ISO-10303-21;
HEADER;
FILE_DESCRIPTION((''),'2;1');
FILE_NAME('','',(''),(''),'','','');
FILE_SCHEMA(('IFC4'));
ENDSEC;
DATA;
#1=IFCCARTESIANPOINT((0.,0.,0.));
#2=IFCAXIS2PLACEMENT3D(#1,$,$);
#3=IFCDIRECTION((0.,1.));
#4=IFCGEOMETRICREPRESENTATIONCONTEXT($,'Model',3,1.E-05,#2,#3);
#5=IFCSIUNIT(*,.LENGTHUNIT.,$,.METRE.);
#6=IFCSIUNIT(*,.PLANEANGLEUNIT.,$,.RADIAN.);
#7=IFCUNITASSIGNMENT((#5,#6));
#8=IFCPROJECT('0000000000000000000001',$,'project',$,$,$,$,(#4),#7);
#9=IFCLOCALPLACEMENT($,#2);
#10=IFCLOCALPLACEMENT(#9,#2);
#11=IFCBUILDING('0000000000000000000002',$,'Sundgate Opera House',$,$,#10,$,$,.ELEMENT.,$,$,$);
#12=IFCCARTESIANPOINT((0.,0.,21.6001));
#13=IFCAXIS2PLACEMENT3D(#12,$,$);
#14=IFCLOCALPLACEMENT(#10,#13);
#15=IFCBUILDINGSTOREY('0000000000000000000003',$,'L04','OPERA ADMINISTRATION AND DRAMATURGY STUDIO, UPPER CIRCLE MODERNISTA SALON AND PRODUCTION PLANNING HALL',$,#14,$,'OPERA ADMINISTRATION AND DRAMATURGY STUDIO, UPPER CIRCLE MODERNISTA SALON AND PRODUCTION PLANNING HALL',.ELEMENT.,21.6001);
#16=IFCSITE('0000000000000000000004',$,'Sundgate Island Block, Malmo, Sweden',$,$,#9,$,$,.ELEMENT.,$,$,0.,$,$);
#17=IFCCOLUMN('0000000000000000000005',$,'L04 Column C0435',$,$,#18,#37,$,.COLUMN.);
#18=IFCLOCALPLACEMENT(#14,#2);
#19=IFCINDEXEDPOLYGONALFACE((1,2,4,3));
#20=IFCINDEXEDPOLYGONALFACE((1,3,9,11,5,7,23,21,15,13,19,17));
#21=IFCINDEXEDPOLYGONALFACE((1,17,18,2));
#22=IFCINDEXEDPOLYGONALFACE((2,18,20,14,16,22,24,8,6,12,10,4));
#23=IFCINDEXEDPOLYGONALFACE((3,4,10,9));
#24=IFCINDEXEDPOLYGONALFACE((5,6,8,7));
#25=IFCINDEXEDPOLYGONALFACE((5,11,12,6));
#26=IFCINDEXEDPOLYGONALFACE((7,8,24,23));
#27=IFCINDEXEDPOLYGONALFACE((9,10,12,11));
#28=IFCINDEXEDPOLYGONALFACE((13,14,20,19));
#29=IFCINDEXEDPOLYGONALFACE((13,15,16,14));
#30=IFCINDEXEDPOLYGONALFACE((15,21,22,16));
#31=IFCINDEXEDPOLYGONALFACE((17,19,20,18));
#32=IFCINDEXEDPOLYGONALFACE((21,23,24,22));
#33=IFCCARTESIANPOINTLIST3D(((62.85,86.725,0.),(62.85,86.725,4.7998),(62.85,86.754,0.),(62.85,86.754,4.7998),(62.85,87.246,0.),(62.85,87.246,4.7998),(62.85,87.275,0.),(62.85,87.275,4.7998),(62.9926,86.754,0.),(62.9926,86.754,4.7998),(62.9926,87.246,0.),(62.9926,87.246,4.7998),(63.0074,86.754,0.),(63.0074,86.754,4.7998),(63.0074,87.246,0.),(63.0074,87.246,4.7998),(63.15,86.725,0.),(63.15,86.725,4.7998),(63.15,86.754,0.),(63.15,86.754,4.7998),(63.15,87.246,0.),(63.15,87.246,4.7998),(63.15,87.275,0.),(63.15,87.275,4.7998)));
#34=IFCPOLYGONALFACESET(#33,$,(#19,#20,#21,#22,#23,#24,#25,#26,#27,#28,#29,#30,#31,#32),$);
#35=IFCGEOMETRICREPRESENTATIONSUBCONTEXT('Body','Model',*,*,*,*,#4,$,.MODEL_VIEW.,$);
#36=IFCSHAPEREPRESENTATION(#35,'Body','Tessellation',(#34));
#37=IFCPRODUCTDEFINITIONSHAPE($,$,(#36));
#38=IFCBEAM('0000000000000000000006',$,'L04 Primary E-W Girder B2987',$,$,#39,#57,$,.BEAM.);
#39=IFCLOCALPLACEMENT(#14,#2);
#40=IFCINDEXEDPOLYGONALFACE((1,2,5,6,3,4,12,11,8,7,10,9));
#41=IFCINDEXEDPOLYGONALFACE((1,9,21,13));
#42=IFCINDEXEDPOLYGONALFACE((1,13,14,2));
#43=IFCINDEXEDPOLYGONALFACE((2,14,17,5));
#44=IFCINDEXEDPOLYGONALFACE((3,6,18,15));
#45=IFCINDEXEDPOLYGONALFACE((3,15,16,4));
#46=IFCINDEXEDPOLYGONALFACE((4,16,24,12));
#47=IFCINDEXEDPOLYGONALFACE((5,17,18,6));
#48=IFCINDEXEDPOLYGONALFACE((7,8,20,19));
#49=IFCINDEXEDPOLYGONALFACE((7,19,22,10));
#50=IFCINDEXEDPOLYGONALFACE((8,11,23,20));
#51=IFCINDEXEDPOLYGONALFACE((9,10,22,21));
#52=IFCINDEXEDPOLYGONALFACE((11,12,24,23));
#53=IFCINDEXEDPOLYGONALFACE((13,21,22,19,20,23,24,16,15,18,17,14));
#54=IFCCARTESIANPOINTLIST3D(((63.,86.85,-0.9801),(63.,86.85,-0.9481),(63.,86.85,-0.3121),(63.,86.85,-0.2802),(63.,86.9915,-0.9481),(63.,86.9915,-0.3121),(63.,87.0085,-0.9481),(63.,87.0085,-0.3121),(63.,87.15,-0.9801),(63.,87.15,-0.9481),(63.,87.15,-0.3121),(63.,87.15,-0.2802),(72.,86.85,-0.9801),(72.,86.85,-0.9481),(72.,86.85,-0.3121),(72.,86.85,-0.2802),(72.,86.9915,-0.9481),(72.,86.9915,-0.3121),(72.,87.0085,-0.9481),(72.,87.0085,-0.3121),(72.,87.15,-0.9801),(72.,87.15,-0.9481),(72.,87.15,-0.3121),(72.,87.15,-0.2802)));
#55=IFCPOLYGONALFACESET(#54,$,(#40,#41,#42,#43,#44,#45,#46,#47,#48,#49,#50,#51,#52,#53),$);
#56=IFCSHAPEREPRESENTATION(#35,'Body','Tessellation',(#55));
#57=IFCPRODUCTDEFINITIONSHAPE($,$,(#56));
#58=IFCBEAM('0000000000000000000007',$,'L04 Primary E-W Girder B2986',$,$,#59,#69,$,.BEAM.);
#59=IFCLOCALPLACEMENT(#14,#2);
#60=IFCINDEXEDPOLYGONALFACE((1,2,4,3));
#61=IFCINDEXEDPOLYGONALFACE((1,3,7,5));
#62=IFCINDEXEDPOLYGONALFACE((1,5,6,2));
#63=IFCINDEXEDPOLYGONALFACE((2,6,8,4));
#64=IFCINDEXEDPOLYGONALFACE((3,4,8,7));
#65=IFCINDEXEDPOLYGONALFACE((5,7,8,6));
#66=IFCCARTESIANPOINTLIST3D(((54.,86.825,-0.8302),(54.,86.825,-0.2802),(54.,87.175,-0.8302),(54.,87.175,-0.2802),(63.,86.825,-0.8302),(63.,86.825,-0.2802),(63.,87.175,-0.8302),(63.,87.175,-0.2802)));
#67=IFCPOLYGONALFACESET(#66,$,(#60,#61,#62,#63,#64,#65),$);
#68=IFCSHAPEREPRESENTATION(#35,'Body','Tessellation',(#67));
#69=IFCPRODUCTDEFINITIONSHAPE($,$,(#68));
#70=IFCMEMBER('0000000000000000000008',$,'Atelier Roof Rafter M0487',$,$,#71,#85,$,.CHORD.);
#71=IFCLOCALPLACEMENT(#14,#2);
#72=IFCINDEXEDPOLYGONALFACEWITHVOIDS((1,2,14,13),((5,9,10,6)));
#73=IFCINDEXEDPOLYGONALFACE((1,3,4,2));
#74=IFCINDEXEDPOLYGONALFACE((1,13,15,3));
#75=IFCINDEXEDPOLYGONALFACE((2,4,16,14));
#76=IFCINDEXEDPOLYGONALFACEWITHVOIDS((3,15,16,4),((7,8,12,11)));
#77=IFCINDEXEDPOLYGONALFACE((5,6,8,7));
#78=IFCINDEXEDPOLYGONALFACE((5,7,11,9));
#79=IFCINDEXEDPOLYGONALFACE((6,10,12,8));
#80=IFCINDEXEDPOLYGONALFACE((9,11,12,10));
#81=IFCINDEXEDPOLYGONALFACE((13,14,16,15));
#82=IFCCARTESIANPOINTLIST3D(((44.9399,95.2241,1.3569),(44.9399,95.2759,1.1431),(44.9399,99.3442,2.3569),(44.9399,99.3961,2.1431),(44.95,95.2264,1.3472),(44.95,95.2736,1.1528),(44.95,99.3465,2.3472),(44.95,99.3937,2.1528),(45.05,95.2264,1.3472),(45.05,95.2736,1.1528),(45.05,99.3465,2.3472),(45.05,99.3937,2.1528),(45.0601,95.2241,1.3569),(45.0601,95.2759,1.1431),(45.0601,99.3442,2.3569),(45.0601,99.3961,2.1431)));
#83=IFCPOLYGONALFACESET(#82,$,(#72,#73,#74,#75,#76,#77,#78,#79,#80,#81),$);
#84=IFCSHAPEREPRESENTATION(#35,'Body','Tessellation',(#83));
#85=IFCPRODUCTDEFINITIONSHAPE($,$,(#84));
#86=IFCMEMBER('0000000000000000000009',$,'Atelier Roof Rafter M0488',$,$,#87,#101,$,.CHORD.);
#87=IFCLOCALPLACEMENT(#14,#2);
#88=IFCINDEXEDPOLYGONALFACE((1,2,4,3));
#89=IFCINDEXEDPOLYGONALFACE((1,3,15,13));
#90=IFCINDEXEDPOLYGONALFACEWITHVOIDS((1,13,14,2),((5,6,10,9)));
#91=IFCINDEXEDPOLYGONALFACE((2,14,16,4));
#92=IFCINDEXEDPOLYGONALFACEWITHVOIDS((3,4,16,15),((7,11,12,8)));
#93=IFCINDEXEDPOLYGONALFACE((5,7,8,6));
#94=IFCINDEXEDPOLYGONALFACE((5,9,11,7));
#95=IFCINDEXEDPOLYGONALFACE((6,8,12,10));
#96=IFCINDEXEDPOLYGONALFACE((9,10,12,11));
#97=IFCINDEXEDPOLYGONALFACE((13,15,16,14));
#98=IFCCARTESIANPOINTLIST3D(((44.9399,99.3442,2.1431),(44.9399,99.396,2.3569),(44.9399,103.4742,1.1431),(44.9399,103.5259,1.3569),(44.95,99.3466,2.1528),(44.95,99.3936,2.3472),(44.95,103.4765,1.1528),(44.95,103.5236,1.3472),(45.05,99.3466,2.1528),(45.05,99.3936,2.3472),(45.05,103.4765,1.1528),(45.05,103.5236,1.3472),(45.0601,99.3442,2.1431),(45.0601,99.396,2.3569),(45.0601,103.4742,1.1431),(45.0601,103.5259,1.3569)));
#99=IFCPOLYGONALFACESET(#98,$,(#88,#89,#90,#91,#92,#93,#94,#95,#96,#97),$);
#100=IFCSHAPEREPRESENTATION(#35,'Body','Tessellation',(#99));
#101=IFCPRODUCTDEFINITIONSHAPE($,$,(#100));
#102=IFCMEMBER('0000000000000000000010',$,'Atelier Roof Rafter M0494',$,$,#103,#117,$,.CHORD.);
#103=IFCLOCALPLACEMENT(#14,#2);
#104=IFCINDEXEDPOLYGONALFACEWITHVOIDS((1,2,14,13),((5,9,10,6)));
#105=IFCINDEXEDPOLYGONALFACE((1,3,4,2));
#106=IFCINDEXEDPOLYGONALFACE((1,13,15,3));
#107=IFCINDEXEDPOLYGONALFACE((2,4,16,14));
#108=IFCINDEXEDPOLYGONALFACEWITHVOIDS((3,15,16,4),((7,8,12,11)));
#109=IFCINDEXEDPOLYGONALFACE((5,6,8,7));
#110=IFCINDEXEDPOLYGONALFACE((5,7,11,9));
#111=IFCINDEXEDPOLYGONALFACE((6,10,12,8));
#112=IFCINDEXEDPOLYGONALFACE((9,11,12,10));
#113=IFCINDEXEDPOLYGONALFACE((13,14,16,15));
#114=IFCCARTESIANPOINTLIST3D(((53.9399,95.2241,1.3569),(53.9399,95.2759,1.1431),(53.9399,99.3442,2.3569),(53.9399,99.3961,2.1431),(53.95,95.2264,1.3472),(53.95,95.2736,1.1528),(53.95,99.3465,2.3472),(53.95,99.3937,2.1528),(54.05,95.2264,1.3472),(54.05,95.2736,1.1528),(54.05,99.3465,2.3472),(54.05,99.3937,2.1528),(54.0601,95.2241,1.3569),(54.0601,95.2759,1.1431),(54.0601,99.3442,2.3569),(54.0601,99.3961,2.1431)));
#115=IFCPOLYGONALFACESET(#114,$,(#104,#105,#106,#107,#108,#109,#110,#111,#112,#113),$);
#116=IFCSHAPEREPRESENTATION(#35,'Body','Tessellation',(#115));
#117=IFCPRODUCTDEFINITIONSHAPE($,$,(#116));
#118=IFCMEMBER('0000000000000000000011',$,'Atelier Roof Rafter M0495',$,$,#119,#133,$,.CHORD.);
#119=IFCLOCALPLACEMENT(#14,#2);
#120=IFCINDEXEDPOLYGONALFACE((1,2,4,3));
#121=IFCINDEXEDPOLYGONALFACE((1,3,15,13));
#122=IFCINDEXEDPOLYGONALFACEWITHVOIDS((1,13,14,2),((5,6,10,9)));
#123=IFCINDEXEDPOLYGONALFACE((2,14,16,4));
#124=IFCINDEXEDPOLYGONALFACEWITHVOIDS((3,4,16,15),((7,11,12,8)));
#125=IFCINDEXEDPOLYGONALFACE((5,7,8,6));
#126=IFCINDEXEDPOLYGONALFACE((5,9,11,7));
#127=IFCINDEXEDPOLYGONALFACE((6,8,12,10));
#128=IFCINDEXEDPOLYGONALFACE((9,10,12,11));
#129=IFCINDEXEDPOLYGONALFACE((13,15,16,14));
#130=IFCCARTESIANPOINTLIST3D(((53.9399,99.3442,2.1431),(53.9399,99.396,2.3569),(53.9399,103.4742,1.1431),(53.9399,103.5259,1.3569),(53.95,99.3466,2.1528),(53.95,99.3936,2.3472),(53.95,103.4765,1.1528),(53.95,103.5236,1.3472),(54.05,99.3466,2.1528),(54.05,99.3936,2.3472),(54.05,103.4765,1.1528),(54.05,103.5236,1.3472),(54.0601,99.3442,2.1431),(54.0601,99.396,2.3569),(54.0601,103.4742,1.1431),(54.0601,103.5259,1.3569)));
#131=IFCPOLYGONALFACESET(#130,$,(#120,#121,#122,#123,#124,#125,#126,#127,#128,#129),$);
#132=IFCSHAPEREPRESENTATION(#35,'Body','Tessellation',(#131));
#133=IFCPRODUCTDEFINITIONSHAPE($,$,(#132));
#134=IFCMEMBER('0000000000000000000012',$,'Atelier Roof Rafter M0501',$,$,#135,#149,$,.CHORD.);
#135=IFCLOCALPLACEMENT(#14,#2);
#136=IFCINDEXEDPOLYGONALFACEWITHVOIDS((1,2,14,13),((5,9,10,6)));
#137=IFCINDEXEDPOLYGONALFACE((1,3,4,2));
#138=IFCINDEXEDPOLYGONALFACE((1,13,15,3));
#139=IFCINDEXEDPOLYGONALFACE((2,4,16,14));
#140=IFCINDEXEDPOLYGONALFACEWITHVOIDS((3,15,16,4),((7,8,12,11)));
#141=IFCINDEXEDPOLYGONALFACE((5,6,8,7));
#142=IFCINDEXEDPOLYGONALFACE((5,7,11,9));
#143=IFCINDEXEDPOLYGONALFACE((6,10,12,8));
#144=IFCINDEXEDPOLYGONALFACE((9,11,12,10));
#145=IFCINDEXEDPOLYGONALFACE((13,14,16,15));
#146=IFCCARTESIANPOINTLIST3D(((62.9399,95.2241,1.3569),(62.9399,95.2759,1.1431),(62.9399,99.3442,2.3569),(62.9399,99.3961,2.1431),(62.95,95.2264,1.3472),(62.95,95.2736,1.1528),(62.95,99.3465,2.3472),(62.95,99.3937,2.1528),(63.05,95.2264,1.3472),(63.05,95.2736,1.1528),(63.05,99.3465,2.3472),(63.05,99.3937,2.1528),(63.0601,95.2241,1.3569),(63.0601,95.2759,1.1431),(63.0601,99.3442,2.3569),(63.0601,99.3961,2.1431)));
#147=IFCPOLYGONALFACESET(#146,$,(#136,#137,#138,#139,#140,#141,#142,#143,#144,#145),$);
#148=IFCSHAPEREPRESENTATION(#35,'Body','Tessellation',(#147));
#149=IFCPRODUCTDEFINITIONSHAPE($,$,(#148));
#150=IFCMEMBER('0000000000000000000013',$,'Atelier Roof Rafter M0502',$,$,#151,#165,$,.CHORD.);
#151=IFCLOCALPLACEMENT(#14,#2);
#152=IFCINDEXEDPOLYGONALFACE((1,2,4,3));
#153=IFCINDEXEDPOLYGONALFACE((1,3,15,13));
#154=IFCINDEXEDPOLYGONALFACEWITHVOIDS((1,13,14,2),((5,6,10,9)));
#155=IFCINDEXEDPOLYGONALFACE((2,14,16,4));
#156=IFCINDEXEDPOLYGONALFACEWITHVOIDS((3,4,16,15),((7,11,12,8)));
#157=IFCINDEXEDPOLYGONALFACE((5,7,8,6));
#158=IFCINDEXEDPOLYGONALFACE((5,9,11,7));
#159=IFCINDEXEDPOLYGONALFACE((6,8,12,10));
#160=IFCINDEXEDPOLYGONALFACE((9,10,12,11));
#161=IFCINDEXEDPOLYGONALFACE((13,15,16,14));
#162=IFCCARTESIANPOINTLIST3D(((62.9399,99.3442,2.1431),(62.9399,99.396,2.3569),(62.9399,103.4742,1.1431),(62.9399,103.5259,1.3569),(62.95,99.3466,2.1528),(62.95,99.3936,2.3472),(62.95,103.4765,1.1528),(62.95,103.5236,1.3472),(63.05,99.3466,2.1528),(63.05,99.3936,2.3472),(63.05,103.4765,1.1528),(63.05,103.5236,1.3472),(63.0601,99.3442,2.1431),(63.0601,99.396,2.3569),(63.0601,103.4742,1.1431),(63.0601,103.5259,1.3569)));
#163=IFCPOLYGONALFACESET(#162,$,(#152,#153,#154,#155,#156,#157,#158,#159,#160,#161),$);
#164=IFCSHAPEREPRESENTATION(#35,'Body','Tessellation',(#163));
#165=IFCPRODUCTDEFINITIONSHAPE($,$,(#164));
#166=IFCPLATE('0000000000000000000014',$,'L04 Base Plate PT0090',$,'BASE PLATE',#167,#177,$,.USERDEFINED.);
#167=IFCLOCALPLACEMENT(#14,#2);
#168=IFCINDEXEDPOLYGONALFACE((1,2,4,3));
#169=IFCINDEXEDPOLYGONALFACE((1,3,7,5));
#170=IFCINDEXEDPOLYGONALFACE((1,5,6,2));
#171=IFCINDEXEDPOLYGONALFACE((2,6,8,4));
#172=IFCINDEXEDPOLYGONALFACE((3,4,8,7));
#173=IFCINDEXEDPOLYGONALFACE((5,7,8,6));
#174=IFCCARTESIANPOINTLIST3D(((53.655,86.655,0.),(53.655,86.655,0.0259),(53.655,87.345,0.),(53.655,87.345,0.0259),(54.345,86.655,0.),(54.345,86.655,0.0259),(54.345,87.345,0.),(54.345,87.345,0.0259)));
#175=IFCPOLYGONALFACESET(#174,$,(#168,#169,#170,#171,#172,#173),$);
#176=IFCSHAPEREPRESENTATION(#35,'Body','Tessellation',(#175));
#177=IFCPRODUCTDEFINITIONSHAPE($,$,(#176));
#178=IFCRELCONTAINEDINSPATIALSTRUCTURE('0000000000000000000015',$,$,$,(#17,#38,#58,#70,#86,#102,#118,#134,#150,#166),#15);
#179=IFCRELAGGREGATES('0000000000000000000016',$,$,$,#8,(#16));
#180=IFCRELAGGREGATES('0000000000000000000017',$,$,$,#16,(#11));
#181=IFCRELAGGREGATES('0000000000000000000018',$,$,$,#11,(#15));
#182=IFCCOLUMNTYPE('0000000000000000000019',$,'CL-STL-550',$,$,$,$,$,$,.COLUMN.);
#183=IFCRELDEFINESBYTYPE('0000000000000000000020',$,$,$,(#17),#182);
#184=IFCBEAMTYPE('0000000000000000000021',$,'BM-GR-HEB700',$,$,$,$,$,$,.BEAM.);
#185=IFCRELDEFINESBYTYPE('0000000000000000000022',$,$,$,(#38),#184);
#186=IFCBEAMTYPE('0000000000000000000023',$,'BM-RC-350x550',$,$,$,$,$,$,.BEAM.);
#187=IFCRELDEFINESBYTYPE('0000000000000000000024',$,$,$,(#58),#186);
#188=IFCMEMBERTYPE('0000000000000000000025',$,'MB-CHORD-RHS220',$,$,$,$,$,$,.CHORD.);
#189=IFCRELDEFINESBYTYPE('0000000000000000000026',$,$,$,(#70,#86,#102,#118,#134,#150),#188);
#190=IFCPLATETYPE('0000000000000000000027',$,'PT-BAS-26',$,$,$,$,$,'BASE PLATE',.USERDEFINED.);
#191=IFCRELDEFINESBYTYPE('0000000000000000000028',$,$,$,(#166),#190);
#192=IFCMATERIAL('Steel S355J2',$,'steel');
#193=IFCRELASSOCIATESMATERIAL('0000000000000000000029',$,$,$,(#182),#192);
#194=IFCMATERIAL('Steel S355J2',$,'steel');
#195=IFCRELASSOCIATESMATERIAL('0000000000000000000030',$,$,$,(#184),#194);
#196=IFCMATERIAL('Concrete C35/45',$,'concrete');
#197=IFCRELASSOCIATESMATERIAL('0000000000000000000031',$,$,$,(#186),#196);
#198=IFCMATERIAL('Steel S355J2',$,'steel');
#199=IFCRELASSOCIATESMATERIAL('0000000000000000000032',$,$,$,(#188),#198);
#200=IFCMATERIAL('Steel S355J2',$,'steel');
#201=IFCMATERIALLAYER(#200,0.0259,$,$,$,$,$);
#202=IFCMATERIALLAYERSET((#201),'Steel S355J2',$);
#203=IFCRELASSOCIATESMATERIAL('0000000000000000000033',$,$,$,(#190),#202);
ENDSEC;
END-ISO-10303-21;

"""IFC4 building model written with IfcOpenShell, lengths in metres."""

from ifc_helpers import new_model, si_unit, direction, frame, origin, origin_2d, place, context, subcontext, project, spatial, rectangle, hollow_rectangle, i_section, extrude, material, layer, layer_set, material_profile, profile_set, type_object, element, save


model = new_model("IFC4")

# Units and contexts
model_context = context("Model", 3, precision=1e-05, world=origin(), true_north=direction((0.0, 1.0)))
body_context = subcontext(model_context, "Body", "Model", "MODEL_VIEW")
ifc_project = project(units=[si_unit("LENGTHUNIT", "METRE"), si_unit("PLANEANGLEUNIT", "RADIAN")], contexts=[model_context])

# Site, building, storey
site_placement = place(None, origin())
site = spatial("IfcSite", under=ifc_project, at=site_placement, Name="Sundgate Island Block, Malmo, Sweden", CompositionType="ELEMENT", RefElevation=0.0)
building_placement = place(site_placement, origin())
building = spatial("IfcBuilding", under=site, at=building_placement, Name="Sundgate Opera House", CompositionType="ELEMENT")
storey_placement = place(building_placement, frame((0.0, 0.0, 21.6001)))
storey = spatial("IfcBuildingStorey", under=building, at=storey_placement, Name="L04", Description="OPERA ADMINISTRATION AND DRAMATURGY STUDIO, UPPER CIRCLE MODERNISTA SALON AND PRODUCTION PLANNING HALL", LongName="OPERA ADMINISTRATION AND DRAMATURGY STUDIO, UPPER CIRCLE MODERNISTA SALON AND PRODUCTION PLANNING HALL", CompositionType="ELEMENT", Elevation=21.6001)

# Column
ifc_material_1 = material(Name="Steel S355J2", Category="steel")
ifc_material_profile_1 = material_profile(ifc_material_1, i_section(OverallWidth=0.3, OverallDepth=0.55, WebThickness=0.0149, FlangeThickness=0.0291, at=origin_2d()), Name="HEB 550")
ifc_profile_set_1 = profile_set([ifc_material_profile_1], Name="Steel S355J2")
column_type = type_object("IfcColumnType", Name="CL-STL-550", PredefinedType="COLUMN", material=ifc_profile_set_1)
column_placement = place(storey_placement, frame((63.0, 87.0, 0.0), z_axis=(0.0, 0.0, 1.0), x_axis=(1.0, 0.0, 0.0)))
element("IfcColumn", 1, at=column_placement, inside=storey, type_object=column_type, Name="L04 Column C0435", PredefinedType="COLUMN", context=body_context, shape_type="SweptSolid", body=[
    extrude(i_section(OverallWidth=0.3, OverallDepth=0.55, WebThickness=0.0149, FlangeThickness=0.0291, at=origin_2d()), origin(), (0.0, 0.0, 1.0), 4.7998),
])

# Beams
ifc_material_2 = material(Name="Steel S355J2", Category="steel")
ifc_material_profile_2 = material_profile(ifc_material_2, i_section(OverallWidth=0.3, OverallDepth=0.7, WebThickness=0.0171, FlangeThickness=0.032, at=origin_2d()), Name="HEB 700")
ifc_profile_set_2 = profile_set([ifc_material_profile_2], Name="Steel S355J2")
beam_type_1 = type_object("IfcBeamType", Name="BM-GR-HEB700", PredefinedType="BEAM", material=ifc_profile_set_2)
beam_1_placement = place(storey_placement, frame((63.0, 87.0, -0.6301), z_axis=(1.0, 0.0, 0.0), x_axis=(0.0, 1.0, 0.0)))
element("IfcBeam", 2, at=beam_1_placement, inside=storey, type_object=beam_type_1, Name="L04 Primary E-W Girder B2987", PredefinedType="BEAM", context=body_context, shape_type="SweptSolid", body=[
    extrude(i_section(OverallWidth=0.3, OverallDepth=0.7, WebThickness=0.0171, FlangeThickness=0.032, at=origin_2d()), origin(), (0.0, 0.0, 1.0), 9.0),
])
ifc_material_3 = material(Name="Concrete C35/45", Category="concrete")
ifc_material_profile_3 = material_profile(ifc_material_3, rectangle(XDim=0.3501, YDim=0.55, at=origin_2d()), Name="RC 350x550")
ifc_profile_set_3 = profile_set([ifc_material_profile_3], Name="Concrete C35/45")
beam_type_2 = type_object("IfcBeamType", Name="BM-RC-350x550", PredefinedType="BEAM", material=ifc_profile_set_3)
beam_2_placement = place(storey_placement, frame((54.0, 87.0, -0.5552), z_axis=(1.0, 0.0, 0.0), x_axis=(0.0, 1.0, 0.0)))
element("IfcBeam", 3, at=beam_2_placement, inside=storey, type_object=beam_type_2, Name="L04 Primary E-W Girder B2986", PredefinedType="BEAM", context=body_context, shape_type="SweptSolid", body=[
    extrude(rectangle(XDim=0.3501, YDim=0.55, at=origin_2d()), origin(), (0.0, 0.0, 1.0), 9.0),
])

# Members
ifc_material_4 = material(Name="Steel S355J2", Category="steel")
ifc_material_profile_4 = material_profile(ifc_material_4, hollow_rectangle(XDim=0.1201, YDim=0.22, WallThickness=0.01, at=origin_2d()), Name="RHS 220x120x10.0")
ifc_profile_set_4 = profile_set([ifc_material_profile_4], Name="Steel S355J2")
member_type = type_object("IfcMemberType", Name="MB-CHORD-RHS220", PredefinedType="CHORD", material=ifc_profile_set_4)
member_1_placement = place(storey_placement, frame((45.0, 95.25, 1.25), z_axis=(0.0, 0.971786, 0.235864), x_axis=(-1.0, 0.0, 0.0)))
element("IfcMember", 4, at=member_1_placement, inside=storey, type_object=member_type, Name="Atelier Roof Rafter M0487", PredefinedType="CHORD", context=body_context, shape_type="SweptSolid", body=[
    extrude(hollow_rectangle(XDim=0.1201, YDim=0.22, WallThickness=0.01, at=origin_2d()), origin(), (0.0, 0.0, 1.0), 4.2397),
])
member_2_placement = place(storey_placement, frame((45.0, 99.3701, 2.25), z_axis=(0.0, 0.971914, -0.235337), x_axis=(-1.0, 0.0, 0.0)))
element("IfcMember", 5, at=member_2_placement, inside=storey, type_object=member_type, Name="Atelier Roof Rafter M0488", PredefinedType="CHORD", context=body_context, shape_type="SweptSolid", body=[
    extrude(hollow_rectangle(XDim=0.1201, YDim=0.22, WallThickness=0.01, at=origin_2d()), origin(), (0.0, 0.0, 1.0), 4.2493),
])
member_3_placement = place(storey_placement, frame((54.0, 95.25, 1.25), z_axis=(0.0, 0.971786, 0.235864), x_axis=(-1.0, 0.0, 0.0)))
element("IfcMember", 6, at=member_3_placement, inside=storey, type_object=member_type, Name="Atelier Roof Rafter M0494", PredefinedType="CHORD", context=body_context, shape_type="SweptSolid", body=[
    extrude(hollow_rectangle(XDim=0.1201, YDim=0.22, WallThickness=0.01, at=origin_2d()), origin(), (0.0, 0.0, 1.0), 4.2397),
])
member_4_placement = place(storey_placement, frame((54.0, 99.3701, 2.25), z_axis=(0.0, 0.971914, -0.235337), x_axis=(-1.0, 0.0, 0.0)))
element("IfcMember", 7, at=member_4_placement, inside=storey, type_object=member_type, Name="Atelier Roof Rafter M0495", PredefinedType="CHORD", context=body_context, shape_type="SweptSolid", body=[
    extrude(hollow_rectangle(XDim=0.1201, YDim=0.22, WallThickness=0.01, at=origin_2d()), origin(), (0.0, 0.0, 1.0), 4.2493),
])
member_5_placement = place(storey_placement, frame((63.0, 95.25, 1.25), z_axis=(0.0, 0.971786, 0.235864), x_axis=(-1.0, 0.0, 0.0)))
element("IfcMember", 8, at=member_5_placement, inside=storey, type_object=member_type, Name="Atelier Roof Rafter M0501", PredefinedType="CHORD", context=body_context, shape_type="SweptSolid", body=[
    extrude(hollow_rectangle(XDim=0.1201, YDim=0.22, WallThickness=0.01, at=origin_2d()), origin(), (0.0, 0.0, 1.0), 4.2397),
])
member_6_placement = place(storey_placement, frame((63.0, 99.3701, 2.25), z_axis=(0.0, 0.971914, -0.235337), x_axis=(-1.0, 0.0, 0.0)))
element("IfcMember", 9, at=member_6_placement, inside=storey, type_object=member_type, Name="Atelier Roof Rafter M0502", PredefinedType="CHORD", context=body_context, shape_type="SweptSolid", body=[
    extrude(hollow_rectangle(XDim=0.1201, YDim=0.22, WallThickness=0.01, at=origin_2d()), origin(), (0.0, 0.0, 1.0), 4.2493),
])

# Plate
ifc_material_5 = material(Name="Steel S355J2", Category="steel")
ifc_layer_1 = layer(ifc_material_5, 0.0259)
ifc_layer_set_1 = layer_set([ifc_layer_1], Name="Steel S355J2")
plate_type_1 = type_object("IfcPlateType", Name="PT-BAS-26", ElementType="BASE PLATE", PredefinedType="USERDEFINED", material=ifc_layer_set_1)
plate_1_placement = place(storey_placement, frame((54.0, 87.0, 0.0), z_axis=(0.0, 0.0, 1.0), x_axis=(1.0, 0.0, 0.0)))
element("IfcPlate", 10, at=plate_1_placement, inside=storey, type_object=plate_type_1, Name="L04 Base Plate PT0090", ObjectType="BASE PLATE", PredefinedType="USERDEFINED", context=body_context, shape_type="SweptSolid", body=[
    extrude(rectangle(XDim=0.6899, YDim=0.6899, at=origin_2d()), origin(), (0.0, 0.0, 1.0), 0.0259),
])

save(model, "model.ifc")
